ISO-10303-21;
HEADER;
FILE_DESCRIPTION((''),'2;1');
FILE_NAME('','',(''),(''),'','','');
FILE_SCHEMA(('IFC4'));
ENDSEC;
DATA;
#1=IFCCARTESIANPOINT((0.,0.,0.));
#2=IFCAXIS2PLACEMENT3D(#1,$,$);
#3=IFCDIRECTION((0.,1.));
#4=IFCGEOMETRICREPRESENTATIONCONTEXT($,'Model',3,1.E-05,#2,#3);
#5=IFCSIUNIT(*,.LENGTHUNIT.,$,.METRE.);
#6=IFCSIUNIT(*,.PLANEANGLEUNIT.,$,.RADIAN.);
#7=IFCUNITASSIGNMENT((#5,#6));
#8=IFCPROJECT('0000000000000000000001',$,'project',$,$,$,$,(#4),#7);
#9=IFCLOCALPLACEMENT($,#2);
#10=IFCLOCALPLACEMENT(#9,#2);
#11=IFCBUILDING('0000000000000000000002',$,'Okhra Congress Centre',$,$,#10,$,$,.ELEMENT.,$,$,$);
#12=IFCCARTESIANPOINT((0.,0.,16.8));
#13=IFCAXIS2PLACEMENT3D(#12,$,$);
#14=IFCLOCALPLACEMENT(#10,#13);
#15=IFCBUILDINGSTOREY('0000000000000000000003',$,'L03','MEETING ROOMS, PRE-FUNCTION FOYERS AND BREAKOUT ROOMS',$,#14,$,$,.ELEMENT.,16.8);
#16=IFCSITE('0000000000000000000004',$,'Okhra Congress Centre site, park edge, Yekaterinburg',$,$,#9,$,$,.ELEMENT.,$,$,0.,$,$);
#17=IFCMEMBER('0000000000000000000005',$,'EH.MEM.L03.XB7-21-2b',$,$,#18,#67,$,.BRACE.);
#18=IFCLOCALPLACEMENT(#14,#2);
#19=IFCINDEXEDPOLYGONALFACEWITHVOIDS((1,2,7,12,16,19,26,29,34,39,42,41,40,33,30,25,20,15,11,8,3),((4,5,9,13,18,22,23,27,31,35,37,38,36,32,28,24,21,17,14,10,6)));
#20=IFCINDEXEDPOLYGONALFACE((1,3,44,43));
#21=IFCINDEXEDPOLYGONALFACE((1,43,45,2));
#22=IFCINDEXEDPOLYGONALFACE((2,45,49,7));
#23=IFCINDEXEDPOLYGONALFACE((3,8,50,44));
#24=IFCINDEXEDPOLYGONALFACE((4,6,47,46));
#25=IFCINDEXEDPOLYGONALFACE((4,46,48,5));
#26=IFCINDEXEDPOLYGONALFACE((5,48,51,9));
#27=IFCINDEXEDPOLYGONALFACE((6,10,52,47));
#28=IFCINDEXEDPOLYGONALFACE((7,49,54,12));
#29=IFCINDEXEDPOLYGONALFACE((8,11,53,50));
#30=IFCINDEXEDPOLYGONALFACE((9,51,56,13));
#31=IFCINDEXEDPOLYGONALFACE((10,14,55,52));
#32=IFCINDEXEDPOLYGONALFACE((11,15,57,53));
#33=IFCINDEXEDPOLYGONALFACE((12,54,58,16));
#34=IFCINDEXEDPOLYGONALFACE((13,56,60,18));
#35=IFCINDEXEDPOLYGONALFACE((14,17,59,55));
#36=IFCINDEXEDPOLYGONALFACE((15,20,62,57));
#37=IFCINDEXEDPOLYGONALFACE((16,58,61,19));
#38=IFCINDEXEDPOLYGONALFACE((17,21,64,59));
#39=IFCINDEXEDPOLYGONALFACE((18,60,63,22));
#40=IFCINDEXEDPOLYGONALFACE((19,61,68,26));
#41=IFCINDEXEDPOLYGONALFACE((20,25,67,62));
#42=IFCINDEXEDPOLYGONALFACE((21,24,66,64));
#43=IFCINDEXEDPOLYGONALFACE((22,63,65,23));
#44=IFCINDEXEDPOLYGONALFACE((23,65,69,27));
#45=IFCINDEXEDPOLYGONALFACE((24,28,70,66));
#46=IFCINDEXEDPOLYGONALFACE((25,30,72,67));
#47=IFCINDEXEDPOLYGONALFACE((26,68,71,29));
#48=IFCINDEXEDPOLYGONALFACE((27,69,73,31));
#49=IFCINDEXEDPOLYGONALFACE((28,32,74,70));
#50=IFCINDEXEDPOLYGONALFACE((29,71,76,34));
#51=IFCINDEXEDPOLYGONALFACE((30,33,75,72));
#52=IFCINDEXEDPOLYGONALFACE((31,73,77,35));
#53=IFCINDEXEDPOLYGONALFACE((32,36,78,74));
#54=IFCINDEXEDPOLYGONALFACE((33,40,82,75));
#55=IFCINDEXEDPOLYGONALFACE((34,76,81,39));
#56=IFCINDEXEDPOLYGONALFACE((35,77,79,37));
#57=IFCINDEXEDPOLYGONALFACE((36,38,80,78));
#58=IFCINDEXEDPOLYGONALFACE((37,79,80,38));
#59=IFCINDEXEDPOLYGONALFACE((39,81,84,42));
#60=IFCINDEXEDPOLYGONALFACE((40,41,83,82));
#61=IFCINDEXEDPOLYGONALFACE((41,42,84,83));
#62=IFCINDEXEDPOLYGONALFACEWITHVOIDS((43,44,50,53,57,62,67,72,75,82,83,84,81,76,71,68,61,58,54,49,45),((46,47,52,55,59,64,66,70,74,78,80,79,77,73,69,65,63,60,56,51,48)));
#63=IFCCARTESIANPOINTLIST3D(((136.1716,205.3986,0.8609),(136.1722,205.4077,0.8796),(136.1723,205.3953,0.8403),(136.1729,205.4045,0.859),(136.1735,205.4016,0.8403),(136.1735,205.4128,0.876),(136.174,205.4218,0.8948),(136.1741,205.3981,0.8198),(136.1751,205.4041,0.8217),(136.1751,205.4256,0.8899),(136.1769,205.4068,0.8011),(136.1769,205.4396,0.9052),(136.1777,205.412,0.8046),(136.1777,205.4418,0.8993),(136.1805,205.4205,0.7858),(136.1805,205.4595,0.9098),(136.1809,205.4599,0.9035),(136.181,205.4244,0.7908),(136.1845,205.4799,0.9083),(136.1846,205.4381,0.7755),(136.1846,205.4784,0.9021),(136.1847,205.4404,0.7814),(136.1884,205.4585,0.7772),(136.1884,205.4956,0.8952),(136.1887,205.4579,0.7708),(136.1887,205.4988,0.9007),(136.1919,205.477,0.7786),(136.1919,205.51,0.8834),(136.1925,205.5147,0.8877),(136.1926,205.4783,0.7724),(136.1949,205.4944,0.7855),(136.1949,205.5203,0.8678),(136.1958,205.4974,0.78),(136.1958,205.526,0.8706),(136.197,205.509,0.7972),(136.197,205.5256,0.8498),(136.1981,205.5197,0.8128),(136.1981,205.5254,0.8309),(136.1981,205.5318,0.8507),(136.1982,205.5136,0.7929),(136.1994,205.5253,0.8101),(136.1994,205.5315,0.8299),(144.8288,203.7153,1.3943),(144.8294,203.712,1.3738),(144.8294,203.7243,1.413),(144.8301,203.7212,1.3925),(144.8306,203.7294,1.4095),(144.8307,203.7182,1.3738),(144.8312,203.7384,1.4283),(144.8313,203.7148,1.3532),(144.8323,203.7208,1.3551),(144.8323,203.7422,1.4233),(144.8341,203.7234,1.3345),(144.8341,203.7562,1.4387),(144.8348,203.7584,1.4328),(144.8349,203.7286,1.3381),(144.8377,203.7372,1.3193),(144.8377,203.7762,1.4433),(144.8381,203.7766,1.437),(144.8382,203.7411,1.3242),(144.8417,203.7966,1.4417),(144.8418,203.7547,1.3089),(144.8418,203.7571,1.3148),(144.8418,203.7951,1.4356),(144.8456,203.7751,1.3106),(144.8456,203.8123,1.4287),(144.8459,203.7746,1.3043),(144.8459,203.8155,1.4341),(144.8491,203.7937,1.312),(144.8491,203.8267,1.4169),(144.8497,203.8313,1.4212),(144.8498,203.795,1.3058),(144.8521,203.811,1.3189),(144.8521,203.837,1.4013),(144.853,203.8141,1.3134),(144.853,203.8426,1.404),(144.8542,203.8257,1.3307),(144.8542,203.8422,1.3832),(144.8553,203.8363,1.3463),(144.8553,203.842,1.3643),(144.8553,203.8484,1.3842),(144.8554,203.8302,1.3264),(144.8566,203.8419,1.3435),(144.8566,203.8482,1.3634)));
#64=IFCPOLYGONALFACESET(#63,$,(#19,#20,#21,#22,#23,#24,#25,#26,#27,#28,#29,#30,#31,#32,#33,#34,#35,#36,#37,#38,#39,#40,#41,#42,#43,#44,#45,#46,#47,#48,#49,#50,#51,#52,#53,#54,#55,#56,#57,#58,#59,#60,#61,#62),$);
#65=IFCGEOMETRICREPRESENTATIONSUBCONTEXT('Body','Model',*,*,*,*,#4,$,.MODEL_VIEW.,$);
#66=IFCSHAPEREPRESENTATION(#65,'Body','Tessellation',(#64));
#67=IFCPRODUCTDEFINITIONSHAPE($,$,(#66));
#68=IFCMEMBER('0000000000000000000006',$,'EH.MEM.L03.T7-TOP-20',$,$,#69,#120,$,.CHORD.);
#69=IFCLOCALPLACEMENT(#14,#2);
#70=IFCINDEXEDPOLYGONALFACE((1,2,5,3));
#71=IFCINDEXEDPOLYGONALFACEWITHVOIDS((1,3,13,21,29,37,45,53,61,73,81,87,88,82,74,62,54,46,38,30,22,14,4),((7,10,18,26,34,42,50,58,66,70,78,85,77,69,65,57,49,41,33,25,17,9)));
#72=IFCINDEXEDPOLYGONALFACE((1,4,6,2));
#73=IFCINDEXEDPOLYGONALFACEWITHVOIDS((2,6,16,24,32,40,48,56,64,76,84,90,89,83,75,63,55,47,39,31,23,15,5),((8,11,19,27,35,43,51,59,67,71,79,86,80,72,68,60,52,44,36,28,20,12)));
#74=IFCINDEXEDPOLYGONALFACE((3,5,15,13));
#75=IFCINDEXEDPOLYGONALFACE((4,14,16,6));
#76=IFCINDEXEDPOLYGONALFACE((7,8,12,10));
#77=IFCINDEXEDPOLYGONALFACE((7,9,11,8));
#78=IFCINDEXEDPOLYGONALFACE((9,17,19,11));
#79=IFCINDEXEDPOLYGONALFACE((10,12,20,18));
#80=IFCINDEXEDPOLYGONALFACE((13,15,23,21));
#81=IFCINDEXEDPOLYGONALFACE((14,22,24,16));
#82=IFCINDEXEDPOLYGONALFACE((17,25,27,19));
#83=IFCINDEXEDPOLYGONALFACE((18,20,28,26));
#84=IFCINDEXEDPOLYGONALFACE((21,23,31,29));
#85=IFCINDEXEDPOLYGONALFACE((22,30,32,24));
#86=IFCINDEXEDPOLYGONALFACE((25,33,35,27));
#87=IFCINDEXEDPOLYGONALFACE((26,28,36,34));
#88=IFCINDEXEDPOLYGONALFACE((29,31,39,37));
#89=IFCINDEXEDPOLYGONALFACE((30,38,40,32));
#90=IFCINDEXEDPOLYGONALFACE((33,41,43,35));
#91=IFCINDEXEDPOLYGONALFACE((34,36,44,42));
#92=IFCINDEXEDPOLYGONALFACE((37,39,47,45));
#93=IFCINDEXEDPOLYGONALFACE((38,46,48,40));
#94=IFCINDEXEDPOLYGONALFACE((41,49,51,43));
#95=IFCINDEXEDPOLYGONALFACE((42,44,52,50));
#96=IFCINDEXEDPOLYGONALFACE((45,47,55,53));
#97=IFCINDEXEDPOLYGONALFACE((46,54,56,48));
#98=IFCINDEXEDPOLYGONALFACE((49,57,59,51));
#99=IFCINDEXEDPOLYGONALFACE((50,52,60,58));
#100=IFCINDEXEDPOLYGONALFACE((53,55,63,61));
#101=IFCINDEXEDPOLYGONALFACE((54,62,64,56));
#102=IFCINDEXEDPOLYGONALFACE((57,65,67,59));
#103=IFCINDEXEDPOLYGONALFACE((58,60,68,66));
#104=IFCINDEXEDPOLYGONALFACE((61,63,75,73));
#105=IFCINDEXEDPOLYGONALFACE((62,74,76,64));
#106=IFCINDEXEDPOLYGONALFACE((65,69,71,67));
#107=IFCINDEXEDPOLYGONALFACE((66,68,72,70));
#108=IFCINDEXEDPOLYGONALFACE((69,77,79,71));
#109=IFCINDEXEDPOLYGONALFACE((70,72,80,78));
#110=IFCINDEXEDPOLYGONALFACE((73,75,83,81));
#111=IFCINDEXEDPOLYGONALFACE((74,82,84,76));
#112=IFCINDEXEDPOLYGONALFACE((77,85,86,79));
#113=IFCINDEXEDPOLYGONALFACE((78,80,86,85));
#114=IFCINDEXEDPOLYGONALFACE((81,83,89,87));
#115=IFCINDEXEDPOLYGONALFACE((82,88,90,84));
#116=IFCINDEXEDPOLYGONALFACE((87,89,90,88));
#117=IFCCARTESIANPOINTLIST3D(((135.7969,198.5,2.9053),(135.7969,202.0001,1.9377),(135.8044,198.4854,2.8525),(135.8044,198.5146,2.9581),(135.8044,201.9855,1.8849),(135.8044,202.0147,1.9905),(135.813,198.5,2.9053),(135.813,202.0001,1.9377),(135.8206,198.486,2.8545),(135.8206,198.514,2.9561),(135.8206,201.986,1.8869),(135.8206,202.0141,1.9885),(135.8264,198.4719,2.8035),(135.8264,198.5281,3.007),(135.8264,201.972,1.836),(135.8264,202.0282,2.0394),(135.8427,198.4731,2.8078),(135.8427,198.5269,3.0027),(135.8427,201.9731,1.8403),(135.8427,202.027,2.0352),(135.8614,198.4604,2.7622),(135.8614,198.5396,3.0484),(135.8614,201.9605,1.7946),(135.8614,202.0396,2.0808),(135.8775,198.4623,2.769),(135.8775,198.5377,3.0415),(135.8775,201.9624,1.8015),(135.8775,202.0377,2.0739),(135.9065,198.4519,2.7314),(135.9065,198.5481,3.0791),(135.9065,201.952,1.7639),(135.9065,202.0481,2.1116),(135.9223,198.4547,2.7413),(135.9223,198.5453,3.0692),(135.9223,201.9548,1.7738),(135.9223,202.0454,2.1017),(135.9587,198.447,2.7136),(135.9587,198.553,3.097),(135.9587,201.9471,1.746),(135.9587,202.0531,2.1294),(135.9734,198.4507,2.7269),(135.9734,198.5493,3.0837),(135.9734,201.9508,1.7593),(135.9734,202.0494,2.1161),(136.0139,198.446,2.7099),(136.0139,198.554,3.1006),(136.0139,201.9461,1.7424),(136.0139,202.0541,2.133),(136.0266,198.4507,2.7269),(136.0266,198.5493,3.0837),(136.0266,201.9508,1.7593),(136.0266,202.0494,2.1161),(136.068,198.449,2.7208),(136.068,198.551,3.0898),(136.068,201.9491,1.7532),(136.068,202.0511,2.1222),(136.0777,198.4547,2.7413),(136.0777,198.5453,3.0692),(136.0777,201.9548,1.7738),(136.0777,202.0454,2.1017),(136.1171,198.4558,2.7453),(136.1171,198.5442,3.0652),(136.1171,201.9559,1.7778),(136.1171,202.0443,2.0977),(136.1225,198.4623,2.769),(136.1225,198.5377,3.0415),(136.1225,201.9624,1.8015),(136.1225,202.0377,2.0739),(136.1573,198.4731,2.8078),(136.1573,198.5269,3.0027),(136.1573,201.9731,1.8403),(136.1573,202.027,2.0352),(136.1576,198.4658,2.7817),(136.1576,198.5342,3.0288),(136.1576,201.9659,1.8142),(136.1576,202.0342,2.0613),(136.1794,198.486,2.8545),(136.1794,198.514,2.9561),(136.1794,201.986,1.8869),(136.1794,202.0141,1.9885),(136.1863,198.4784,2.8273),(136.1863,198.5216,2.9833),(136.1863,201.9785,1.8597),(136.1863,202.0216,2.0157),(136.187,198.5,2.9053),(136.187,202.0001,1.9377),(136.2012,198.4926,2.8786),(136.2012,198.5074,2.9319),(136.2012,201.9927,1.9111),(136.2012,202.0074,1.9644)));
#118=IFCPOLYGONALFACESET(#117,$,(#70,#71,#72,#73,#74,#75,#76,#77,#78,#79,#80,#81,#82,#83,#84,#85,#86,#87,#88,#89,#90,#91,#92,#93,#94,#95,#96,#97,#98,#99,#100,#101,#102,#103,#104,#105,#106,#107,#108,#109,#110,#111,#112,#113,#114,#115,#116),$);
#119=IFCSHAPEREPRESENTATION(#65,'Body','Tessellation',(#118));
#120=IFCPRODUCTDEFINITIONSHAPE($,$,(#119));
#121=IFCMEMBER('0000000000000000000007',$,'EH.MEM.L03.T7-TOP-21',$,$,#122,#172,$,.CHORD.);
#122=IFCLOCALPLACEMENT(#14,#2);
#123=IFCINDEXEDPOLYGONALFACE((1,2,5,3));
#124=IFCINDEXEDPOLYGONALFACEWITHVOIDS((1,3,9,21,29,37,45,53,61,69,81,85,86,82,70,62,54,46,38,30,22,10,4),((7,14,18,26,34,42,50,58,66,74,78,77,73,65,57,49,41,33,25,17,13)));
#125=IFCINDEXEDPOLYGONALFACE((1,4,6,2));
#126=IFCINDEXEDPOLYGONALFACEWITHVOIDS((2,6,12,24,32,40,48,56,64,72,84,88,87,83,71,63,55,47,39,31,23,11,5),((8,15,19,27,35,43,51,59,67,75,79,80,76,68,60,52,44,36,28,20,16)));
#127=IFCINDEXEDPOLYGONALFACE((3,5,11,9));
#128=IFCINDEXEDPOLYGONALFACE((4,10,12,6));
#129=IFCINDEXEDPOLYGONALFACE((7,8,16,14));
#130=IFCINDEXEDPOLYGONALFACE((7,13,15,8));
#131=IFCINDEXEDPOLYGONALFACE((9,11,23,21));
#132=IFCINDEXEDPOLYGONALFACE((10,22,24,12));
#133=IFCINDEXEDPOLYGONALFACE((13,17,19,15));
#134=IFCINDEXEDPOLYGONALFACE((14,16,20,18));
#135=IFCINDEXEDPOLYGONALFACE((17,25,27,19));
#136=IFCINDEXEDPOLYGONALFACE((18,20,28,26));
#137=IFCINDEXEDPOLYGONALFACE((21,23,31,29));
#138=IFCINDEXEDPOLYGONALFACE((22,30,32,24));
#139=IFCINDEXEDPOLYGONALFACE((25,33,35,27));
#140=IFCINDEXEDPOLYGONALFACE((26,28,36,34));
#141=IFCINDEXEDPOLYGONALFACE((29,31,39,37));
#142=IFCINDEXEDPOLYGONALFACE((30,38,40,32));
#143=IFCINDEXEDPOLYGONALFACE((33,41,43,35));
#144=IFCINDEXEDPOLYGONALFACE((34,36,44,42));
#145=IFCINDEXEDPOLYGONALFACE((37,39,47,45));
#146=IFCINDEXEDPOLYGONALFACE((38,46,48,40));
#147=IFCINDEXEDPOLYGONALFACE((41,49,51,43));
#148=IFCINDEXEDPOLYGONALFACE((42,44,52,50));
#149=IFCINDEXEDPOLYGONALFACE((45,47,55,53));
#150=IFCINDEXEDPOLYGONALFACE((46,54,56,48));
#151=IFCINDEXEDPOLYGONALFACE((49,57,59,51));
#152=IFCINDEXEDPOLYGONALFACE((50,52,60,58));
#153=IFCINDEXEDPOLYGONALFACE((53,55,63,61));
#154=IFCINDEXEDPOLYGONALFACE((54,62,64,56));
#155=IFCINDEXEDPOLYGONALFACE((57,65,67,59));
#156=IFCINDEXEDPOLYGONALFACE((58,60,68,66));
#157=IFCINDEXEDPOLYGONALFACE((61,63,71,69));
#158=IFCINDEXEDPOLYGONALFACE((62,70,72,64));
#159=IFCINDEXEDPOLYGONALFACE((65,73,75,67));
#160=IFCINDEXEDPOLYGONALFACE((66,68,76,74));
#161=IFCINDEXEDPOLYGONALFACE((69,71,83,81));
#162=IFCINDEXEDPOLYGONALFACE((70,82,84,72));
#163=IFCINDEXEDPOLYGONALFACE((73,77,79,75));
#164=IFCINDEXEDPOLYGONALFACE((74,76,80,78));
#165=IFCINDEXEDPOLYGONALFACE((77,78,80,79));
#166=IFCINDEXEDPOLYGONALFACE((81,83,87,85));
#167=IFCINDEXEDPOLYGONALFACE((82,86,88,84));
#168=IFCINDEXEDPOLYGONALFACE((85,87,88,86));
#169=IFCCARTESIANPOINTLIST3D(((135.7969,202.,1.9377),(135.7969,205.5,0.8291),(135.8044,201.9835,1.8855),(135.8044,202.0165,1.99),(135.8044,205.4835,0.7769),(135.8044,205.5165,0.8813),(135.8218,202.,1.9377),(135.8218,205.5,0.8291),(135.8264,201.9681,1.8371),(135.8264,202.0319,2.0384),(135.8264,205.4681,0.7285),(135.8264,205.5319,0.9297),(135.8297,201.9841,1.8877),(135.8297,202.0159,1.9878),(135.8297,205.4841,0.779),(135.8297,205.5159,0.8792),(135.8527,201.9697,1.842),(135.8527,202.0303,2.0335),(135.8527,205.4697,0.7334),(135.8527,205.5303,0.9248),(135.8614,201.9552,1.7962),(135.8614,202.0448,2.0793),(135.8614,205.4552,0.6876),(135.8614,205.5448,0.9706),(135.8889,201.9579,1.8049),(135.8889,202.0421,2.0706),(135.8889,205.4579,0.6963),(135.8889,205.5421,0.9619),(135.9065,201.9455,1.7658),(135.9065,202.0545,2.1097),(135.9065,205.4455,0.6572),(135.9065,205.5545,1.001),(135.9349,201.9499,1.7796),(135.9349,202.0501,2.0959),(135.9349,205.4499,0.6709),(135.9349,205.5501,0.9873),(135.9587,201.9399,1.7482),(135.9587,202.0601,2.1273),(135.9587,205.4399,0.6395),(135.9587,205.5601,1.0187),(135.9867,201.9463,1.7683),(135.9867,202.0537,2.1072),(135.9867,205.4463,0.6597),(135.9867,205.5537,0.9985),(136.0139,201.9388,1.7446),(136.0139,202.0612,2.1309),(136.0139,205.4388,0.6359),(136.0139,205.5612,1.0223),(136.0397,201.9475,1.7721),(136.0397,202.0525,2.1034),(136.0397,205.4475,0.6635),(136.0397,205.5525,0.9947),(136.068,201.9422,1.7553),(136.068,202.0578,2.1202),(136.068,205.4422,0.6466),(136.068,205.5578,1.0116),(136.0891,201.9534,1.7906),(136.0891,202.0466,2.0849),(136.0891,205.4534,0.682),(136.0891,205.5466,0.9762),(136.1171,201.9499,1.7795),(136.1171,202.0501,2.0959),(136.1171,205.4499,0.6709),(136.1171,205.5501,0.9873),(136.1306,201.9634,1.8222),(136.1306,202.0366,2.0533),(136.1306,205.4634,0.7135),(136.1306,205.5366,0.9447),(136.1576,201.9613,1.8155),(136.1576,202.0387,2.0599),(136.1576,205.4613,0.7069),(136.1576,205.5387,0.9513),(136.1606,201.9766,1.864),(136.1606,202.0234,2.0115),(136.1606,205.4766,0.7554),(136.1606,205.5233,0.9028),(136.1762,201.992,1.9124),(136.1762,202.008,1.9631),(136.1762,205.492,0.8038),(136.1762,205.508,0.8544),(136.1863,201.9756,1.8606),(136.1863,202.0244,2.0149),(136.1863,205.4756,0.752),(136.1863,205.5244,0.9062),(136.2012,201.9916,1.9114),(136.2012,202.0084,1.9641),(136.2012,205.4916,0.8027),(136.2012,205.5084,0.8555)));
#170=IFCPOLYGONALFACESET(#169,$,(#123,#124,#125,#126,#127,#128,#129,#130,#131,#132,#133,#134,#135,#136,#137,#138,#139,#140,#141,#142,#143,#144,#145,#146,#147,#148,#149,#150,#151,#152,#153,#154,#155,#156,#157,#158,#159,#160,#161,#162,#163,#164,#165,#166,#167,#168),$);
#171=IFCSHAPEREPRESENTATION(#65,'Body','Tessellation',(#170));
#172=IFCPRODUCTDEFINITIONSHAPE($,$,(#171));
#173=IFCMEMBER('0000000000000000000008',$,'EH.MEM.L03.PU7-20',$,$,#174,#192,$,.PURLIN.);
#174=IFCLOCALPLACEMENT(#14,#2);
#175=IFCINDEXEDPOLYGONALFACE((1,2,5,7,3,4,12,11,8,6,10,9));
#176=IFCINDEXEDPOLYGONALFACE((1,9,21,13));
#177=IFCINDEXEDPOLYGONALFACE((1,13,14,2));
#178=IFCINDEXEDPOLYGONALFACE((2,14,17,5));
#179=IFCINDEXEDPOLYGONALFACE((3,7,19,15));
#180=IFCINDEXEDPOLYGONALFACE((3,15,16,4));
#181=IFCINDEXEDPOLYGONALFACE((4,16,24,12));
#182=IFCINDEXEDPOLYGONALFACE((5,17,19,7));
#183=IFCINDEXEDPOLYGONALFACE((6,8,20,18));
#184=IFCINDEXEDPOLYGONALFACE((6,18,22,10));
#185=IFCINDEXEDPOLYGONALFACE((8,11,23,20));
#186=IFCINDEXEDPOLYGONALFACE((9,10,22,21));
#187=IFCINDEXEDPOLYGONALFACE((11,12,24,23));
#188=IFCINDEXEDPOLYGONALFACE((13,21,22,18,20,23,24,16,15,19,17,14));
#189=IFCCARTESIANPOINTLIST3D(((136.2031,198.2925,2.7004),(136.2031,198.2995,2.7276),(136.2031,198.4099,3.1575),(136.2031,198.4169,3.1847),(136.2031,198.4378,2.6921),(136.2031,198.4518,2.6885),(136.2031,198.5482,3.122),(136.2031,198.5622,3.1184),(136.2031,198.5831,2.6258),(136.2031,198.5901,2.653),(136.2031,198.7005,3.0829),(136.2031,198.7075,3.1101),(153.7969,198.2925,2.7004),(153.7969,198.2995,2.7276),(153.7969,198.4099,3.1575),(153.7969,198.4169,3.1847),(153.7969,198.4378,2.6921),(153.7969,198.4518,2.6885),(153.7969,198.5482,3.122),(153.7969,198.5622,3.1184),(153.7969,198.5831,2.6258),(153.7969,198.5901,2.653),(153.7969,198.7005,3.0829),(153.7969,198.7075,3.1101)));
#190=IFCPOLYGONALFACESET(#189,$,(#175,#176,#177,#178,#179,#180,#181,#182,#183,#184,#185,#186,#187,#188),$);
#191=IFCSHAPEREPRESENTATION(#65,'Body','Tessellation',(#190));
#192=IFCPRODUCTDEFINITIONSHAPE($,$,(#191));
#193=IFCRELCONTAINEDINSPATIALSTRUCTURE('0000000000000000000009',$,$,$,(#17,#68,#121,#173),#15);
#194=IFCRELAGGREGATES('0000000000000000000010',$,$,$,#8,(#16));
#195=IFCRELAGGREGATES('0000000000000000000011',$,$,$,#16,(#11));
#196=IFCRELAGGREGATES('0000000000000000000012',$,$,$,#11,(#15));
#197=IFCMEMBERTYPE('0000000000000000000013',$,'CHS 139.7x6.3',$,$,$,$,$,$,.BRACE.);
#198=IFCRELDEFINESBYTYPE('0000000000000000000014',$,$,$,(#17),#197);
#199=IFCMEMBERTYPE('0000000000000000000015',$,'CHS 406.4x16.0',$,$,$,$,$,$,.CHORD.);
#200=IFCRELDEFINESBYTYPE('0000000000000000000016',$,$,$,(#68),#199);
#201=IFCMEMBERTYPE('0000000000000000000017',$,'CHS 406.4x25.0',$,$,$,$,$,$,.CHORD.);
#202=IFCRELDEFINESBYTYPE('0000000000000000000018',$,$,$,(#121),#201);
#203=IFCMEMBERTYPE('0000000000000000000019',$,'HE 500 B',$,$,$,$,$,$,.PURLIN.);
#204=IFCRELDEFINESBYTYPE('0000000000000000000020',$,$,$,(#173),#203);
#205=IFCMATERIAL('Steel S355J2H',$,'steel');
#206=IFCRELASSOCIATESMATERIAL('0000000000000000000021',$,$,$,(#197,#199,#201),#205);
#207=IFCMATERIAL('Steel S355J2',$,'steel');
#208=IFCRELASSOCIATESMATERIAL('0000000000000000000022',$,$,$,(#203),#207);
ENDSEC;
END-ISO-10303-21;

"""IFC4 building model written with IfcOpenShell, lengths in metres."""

from ifc_helpers import new_model, si_unit, direction, frame, origin, origin_2d, place, context, subcontext, project, spatial, hollow_circle, i_section, extrude, material, material_profile, profile_set, type_object, element, save


model = new_model("IFC4")

# Units and contexts
model_context = context("Model", 3, precision=1e-05, world=origin(), true_north=direction((0.0, 1.0)))
body_context = subcontext(model_context, "Body", "Model", "MODEL_VIEW")
ifc_project = project(units=[si_unit("LENGTHUNIT", "METRE"), si_unit("PLANEANGLEUNIT", "RADIAN")], contexts=[model_context])

# Site, building, storey
site_placement = place(None, origin())
site = spatial("IfcSite", under=ifc_project, at=site_placement, Name="Okhra Congress Centre site, park edge, Yekaterinburg", CompositionType="ELEMENT", RefElevation=0.0)
building_placement = place(site_placement, origin())
building = spatial("IfcBuilding", under=site, at=building_placement, Name="Okhra Congress Centre", CompositionType="ELEMENT")
storey_placement = place(building_placement, frame((0.0, 0.0, 16.8)))
storey = spatial("IfcBuildingStorey", under=building, at=storey_placement, Name="L03", Description="MEETING ROOMS, PRE-FUNCTION FOYERS AND BREAKOUT ROOMS", CompositionType="ELEMENT", Elevation=16.8)

# Members
ifc_material_1 = material(Name="Steel S355J2H", Category="steel")
ifc_material_profile_1 = material_profile(ifc_material_1, hollow_circle(Radius=0.0698, WallThickness=0.0063, at=origin_2d()), Name="CHS 139.7x6.3")
ifc_profile_set_1 = profile_set([ifc_material_profile_1], Name="Steel S355J2H")
member_type_1 = type_object("IfcMemberType", Name="CHS 139.7x6.3", PredefinedType="BRACE", material=ifc_profile_set_1)
member_1_placement = place(storey_placement, frame((144.8428, 203.7805, 1.3738), z_axis=(-0.979825, 0.190521, -0.060376), x_axis=(-0.19087, -0.981615, 0.0)))
element("IfcMember", 1, at=member_1_placement, inside=storey, type_object=member_type_1, Name="EH.MEM.L03.XB7-21-2b", PredefinedType="BRACE", context=body_context, shape_type="SweptSolid", body=[
    extrude(hollow_circle(Radius=0.0698, WallThickness=0.0063, at=origin_2d()), origin(), (0.0, 0.0, 1.0), 8.8354),
])
ifc_material_profile_2 = material_profile(ifc_material_1, hollow_circle(Radius=0.2031, WallThickness=0.0161, at=origin_2d()), Name="CHS 406.4x16.0")
ifc_profile_set_2 = profile_set([ifc_material_profile_2], Name="Steel S355J2H")
member_type_2 = type_object("IfcMemberType", Name="CHS 406.4x16.0", PredefinedType="CHORD", material=ifc_profile_set_2)
member_2_placement = place(storey_placement, frame((136.0, 198.5, 2.9053), z_axis=(0.0, 0.96385, -0.266444), x_axis=(-1.0, 0.0, 0.0)))
element("IfcMember", 2, at=member_2_placement, inside=storey, type_object=member_type_2, Name="EH.MEM.L03.T7-TOP-20", PredefinedType="CHORD", context=body_context, shape_type="SweptSolid", body=[
    extrude(hollow_circle(Radius=0.2031, WallThickness=0.0161, at=origin_2d()), origin(), (0.0, 0.0, 1.0), 3.6313),
])
ifc_material_profile_3 = material_profile(ifc_material_1, hollow_circle(Radius=0.2031, WallThickness=0.0249, at=origin_2d()), Name="CHS 406.4x25.0")
ifc_profile_set_3 = profile_set([ifc_material_profile_3], Name="Steel S355J2H")
member_type_3 = type_object("IfcMemberType", Name="CHS 406.4x25.0", PredefinedType="CHORD", material=ifc_profile_set_3)
member_3_placement = place(storey_placement, frame((136.0, 202.0, 1.9377), z_axis=(0.0, 0.953318, -0.301968), x_axis=(-1.0, 0.0, 0.0)))
element("IfcMember", 3, at=member_3_placement, inside=storey, type_object=member_type_3, Name="EH.MEM.L03.T7-TOP-21", PredefinedType="CHORD", context=body_context, shape_type="SweptSolid", body=[
    extrude(hollow_circle(Radius=0.2031, WallThickness=0.0249, at=origin_2d()), origin(), (0.0, 0.0, 1.0), 3.6714),
])
ifc_material_2 = material(Name="Steel S355J2", Category="steel")
ifc_material_profile_4 = material_profile(ifc_material_2, i_section(OverallWidth=0.3, OverallDepth=0.5, WebThickness=0.0144, FlangeThickness=0.0281, at=origin_2d()), Name="HE 500 B")
ifc_profile_set_4 = profile_set([ifc_material_profile_4], Name="Steel S355J2")
member_type_4 = type_object("IfcMemberType", Name="HE 500 B", PredefinedType="PURLIN", material=ifc_profile_set_4)
for number, where, z_axis, x_axis, name in (
    (4, (136.2031, 198.5, 2.9053), (1.0, 0.0, 0.0), (0.0, 0.96857, -0.248739), "EH.MEM.L03.PU7-20"),
):
    element("IfcMember", number, at=place(storey_placement, frame(where, z_axis=z_axis, x_axis=x_axis)), inside=storey, type_object=member_type_4, Name=name, PredefinedType="PURLIN", context=body_context, shape_type="SweptSolid", body=[
        extrude(i_section(OverallWidth=0.3, OverallDepth=0.5, WebThickness=0.0144, FlangeThickness=0.0281, at=origin_2d()), origin(), (0.0, 0.0, 1.0), 17.5938),
    ])

save(model, "model.ifc")
